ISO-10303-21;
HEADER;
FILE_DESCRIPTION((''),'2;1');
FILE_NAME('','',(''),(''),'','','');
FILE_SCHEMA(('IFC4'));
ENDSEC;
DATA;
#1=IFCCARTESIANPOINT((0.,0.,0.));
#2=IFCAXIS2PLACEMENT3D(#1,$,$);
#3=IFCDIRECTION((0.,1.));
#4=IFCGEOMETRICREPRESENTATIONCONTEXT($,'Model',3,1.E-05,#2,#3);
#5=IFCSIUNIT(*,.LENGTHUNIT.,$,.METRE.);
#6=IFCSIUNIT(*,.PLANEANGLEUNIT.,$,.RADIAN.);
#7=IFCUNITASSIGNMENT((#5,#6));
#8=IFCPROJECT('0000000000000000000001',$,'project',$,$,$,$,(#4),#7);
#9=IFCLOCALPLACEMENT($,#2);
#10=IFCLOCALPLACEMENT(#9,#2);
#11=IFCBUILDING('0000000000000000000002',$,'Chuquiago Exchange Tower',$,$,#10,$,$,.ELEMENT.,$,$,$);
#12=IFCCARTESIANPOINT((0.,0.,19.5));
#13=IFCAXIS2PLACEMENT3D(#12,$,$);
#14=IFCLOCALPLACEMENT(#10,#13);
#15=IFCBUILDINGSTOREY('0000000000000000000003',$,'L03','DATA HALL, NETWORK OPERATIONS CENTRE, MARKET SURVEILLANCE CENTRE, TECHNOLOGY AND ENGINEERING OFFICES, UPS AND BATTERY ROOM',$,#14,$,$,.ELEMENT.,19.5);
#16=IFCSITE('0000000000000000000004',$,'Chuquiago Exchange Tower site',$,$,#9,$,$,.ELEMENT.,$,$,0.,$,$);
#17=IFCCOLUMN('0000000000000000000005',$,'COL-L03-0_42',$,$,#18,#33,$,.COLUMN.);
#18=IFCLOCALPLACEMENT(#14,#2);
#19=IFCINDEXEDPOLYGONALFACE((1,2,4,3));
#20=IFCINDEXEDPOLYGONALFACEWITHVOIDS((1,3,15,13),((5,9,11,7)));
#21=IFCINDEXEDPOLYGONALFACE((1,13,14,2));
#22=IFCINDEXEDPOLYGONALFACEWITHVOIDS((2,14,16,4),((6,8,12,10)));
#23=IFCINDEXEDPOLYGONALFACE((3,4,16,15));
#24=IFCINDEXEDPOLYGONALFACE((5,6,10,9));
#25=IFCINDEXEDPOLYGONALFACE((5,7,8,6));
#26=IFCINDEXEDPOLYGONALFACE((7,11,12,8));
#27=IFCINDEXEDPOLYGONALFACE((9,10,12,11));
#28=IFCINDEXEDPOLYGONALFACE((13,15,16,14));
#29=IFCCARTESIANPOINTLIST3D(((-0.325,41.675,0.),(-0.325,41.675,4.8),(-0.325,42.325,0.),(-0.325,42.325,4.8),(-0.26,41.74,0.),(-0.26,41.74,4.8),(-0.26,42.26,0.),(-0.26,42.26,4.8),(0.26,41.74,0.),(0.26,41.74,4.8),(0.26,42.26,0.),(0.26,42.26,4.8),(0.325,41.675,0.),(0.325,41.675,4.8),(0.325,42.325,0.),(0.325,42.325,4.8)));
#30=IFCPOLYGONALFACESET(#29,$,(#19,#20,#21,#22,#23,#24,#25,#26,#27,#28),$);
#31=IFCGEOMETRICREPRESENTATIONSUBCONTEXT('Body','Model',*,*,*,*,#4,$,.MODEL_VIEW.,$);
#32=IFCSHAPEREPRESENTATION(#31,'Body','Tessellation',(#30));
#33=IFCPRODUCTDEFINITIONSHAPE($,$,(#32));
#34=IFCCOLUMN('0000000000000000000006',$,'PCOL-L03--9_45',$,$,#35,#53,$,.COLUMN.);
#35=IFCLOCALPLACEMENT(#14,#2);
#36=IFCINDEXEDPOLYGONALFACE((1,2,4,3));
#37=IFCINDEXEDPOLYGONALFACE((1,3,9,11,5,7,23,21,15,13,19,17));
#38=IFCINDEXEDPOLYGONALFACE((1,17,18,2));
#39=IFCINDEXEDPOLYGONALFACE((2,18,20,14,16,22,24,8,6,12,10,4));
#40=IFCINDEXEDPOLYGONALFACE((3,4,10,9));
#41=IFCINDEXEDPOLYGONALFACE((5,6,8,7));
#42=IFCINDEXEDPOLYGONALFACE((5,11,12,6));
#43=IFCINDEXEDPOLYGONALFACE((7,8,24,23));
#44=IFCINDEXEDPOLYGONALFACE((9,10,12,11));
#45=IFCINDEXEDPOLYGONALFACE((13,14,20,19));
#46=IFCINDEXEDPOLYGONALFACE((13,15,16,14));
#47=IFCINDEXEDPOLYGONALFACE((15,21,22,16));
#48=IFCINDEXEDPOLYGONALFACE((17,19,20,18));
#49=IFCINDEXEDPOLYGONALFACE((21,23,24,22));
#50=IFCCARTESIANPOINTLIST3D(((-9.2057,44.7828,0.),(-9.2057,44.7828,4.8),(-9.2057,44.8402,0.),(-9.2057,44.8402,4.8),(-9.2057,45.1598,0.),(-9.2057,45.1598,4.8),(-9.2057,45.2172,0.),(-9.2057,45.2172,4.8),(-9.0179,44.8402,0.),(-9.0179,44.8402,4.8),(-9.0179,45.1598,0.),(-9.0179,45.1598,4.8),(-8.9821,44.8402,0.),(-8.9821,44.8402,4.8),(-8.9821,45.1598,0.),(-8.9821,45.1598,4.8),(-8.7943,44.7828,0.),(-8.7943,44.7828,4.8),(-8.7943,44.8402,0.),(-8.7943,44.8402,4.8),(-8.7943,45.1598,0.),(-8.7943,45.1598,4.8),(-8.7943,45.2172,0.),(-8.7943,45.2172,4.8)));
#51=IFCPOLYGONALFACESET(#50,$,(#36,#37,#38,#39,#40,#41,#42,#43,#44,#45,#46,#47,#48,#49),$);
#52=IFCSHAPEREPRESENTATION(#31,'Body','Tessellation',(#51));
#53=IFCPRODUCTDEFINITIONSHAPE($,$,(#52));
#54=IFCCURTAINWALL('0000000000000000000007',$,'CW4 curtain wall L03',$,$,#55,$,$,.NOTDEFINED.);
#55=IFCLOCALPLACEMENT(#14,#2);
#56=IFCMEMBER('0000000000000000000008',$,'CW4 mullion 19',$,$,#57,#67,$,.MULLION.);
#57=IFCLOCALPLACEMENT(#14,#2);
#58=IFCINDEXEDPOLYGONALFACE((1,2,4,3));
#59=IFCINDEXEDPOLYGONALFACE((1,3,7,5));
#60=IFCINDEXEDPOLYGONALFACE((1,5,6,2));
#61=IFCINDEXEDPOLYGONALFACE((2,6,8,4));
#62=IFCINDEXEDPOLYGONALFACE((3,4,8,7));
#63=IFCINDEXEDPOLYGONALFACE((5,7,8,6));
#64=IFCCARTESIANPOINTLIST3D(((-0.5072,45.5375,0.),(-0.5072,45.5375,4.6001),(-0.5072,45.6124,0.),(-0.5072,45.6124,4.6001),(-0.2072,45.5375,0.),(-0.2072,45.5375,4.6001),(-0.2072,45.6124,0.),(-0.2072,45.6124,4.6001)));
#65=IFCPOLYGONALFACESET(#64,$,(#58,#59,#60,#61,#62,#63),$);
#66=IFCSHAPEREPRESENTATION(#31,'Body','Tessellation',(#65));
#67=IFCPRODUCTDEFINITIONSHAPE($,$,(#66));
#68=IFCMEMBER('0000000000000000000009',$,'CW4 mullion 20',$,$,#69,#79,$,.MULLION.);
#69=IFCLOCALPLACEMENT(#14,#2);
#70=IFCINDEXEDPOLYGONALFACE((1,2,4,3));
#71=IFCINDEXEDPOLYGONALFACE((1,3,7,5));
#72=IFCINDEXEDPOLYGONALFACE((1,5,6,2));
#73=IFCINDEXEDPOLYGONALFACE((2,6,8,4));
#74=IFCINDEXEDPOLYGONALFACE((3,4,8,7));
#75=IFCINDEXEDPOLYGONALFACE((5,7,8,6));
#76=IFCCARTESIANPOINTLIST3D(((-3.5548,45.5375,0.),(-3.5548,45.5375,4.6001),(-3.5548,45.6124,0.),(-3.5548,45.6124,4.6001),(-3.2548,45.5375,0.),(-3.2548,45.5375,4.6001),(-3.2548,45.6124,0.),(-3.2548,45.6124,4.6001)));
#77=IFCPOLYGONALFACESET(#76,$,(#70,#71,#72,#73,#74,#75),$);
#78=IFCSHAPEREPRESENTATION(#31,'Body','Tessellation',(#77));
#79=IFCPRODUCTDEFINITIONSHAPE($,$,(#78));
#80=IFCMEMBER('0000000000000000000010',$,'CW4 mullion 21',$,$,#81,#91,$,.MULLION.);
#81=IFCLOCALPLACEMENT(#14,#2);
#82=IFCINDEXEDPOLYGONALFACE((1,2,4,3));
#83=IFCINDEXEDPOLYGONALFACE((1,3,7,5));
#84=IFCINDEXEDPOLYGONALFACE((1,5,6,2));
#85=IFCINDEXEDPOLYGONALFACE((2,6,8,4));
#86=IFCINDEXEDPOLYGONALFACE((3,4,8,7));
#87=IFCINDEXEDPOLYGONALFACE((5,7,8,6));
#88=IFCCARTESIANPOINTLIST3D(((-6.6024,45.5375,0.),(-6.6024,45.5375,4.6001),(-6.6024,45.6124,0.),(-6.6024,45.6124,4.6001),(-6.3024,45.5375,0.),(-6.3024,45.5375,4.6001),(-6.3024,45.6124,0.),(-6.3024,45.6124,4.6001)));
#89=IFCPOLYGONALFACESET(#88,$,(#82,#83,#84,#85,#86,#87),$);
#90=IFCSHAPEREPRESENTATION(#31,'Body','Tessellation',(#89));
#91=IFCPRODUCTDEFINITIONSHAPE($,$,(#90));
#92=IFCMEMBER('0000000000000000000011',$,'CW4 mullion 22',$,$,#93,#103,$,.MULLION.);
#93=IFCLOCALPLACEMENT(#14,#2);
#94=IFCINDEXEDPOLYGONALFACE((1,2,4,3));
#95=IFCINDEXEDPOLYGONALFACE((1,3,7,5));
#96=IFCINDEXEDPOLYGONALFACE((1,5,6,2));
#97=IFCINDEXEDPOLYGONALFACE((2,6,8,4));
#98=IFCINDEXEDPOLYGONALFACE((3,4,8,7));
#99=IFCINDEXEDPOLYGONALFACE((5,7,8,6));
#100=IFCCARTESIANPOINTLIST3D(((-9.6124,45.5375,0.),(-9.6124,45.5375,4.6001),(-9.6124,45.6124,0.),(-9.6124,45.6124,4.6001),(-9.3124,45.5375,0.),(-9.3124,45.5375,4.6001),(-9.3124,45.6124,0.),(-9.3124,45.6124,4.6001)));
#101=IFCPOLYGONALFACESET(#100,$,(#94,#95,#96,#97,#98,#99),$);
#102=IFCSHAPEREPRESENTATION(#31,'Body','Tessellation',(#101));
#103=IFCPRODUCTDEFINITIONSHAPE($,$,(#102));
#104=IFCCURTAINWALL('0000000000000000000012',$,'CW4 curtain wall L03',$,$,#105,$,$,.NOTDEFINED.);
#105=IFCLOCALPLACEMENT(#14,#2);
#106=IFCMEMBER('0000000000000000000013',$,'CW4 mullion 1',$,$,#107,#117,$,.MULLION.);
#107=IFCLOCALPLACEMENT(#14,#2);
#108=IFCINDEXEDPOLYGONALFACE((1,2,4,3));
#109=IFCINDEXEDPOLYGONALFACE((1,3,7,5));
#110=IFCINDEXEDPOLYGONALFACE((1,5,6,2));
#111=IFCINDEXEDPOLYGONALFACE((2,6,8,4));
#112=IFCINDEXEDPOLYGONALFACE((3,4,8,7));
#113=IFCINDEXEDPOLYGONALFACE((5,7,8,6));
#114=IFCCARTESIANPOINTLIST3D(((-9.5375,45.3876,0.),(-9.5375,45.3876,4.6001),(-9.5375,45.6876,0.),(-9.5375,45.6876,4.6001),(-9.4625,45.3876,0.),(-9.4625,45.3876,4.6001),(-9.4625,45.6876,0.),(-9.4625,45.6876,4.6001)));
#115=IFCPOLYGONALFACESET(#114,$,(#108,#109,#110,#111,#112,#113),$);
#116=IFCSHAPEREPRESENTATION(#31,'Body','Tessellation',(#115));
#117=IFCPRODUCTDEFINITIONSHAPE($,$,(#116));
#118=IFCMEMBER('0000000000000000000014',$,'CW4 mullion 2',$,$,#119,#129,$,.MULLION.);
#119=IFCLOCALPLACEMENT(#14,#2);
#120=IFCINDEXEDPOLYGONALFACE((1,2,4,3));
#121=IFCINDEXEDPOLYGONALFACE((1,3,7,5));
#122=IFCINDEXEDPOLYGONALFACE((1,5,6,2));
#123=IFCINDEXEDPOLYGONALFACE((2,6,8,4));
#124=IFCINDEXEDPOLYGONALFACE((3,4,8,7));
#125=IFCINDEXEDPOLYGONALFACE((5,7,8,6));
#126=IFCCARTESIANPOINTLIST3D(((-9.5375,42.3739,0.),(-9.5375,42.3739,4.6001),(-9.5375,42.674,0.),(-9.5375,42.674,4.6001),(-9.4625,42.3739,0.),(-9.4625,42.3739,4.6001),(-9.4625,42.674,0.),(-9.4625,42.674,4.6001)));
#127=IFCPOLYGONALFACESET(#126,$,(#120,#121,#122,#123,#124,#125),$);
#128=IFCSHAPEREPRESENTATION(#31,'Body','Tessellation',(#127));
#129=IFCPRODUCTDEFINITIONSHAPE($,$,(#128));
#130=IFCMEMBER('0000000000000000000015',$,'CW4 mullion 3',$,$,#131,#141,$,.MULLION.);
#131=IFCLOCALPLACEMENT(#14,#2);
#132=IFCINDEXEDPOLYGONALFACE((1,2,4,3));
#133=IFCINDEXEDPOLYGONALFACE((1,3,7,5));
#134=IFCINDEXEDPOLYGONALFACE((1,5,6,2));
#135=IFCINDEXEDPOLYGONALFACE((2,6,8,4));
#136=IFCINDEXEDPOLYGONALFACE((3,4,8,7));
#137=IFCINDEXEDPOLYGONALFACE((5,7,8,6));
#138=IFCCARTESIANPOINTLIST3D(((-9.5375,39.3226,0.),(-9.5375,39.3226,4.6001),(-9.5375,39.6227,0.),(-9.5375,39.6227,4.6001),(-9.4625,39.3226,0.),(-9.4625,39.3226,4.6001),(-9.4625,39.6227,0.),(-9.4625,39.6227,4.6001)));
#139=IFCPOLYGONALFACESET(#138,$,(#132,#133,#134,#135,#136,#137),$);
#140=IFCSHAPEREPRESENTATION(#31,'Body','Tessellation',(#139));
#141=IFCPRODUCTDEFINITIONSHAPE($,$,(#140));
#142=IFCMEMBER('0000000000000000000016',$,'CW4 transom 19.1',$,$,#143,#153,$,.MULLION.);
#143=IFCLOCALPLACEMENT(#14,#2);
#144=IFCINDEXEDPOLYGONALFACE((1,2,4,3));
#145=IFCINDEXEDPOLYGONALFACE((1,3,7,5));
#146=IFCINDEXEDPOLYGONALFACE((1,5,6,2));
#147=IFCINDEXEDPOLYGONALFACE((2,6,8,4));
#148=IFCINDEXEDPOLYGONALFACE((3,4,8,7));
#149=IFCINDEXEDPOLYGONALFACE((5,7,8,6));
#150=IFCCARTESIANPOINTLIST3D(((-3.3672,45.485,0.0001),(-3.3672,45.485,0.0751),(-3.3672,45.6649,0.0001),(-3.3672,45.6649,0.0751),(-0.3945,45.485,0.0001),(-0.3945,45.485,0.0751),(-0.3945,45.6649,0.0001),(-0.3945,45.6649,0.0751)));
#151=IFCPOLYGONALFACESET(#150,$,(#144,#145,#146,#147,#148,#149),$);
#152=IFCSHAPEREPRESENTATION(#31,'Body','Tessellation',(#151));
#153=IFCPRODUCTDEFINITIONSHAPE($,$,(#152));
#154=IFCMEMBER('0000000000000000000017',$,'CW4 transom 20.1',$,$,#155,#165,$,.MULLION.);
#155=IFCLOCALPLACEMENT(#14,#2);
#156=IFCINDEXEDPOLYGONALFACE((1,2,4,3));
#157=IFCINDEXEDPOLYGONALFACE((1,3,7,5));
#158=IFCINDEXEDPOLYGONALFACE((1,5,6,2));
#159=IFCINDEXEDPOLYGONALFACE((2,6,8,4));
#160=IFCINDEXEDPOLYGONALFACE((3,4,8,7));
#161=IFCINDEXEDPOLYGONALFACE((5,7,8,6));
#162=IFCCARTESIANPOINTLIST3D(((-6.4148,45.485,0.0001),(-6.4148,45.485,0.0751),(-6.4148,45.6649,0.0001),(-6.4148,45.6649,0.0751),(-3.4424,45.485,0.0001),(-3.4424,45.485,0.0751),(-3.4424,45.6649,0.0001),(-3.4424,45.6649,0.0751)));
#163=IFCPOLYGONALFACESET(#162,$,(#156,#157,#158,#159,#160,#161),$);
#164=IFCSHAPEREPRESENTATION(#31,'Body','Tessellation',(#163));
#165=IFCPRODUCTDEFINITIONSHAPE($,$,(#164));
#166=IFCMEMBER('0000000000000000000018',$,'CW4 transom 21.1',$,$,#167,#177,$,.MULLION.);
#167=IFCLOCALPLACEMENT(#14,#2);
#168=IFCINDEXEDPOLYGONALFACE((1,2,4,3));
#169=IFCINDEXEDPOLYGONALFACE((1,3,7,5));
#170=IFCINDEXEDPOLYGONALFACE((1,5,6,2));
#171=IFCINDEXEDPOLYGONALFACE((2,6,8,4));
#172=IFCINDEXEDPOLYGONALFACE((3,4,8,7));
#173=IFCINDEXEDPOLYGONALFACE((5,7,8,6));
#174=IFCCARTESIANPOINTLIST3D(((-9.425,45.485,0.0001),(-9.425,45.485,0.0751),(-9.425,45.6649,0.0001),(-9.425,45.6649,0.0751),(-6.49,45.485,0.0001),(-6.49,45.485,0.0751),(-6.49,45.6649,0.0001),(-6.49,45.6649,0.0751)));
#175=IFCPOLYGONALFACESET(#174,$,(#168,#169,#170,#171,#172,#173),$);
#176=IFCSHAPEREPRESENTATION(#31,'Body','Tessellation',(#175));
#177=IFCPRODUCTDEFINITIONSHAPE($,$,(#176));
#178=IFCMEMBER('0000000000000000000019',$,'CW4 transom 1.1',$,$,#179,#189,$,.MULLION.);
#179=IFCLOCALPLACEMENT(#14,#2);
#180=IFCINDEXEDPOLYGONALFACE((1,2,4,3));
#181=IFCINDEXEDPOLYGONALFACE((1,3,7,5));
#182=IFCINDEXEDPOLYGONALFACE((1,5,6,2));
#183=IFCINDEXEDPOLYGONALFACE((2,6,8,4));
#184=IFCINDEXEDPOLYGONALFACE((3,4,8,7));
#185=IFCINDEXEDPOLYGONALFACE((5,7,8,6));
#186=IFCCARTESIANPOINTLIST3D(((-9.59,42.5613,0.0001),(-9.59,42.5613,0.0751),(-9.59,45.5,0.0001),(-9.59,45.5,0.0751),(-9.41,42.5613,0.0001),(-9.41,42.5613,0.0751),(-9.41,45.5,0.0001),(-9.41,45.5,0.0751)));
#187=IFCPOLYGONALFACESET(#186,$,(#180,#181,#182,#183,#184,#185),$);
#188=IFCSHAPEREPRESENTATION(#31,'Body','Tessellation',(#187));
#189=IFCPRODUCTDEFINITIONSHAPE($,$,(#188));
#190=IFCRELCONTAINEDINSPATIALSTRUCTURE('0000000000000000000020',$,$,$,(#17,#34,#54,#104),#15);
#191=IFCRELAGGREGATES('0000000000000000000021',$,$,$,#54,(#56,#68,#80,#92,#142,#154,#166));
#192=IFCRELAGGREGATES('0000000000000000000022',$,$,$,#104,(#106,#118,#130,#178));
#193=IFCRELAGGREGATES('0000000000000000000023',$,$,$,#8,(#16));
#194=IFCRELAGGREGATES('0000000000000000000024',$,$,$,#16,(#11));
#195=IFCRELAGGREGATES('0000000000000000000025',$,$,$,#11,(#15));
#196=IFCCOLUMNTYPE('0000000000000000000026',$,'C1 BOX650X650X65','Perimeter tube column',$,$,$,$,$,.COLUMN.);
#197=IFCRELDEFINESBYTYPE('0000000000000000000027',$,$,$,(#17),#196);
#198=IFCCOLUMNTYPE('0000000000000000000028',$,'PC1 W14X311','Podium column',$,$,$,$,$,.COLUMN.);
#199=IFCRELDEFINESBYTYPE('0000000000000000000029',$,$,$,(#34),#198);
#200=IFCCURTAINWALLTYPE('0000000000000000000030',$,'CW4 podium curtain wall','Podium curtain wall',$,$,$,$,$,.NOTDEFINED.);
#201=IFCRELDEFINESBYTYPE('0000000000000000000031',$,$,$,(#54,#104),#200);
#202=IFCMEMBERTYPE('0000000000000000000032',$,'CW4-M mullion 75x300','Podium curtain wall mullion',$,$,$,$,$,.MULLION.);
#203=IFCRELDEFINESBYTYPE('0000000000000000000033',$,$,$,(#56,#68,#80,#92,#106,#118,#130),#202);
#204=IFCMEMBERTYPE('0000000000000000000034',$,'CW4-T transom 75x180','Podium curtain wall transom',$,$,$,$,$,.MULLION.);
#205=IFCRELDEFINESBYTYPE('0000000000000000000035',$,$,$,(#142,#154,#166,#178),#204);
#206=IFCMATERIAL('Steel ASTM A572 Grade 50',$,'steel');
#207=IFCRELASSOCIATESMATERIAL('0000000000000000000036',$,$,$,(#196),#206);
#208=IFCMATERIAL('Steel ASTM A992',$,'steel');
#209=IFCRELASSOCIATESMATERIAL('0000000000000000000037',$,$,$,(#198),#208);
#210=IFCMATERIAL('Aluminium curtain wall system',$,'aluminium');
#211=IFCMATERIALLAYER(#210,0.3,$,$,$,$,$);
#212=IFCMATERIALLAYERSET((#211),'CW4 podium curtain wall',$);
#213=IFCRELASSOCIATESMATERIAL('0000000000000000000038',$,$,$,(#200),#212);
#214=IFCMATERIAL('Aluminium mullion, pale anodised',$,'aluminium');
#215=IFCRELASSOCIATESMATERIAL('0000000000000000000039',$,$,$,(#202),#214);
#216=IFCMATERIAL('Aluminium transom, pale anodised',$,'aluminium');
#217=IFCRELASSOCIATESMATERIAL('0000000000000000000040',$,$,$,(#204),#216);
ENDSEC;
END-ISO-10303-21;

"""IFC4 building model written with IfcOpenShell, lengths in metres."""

from ifc_helpers import new_model, si_unit, direction, frame, origin, origin_2d, place, context, subcontext, project, spatial, rectangle, hollow_rectangle, i_section, extrude, material, layer, layer_set, material_profile, profile_set, type_object, element, aggregate, save


model = new_model("IFC4")

# Units and contexts
model_context = context("Model", 3, precision=1e-05, world=origin(), true_north=direction((0.0, 1.0)))
body_context = subcontext(model_context, "Body", "Model", "MODEL_VIEW")
ifc_project = project(units=[si_unit("LENGTHUNIT", "METRE"), si_unit("PLANEANGLEUNIT", "RADIAN")], contexts=[model_context])

# Site, building, storey
site_placement = place(None, origin())
site = spatial("IfcSite", under=ifc_project, at=site_placement, Name="Chuquiago Exchange Tower site", CompositionType="ELEMENT", RefElevation=0.0)
building_placement = place(site_placement, origin())
building = spatial("IfcBuilding", under=site, at=building_placement, Name="Chuquiago Exchange Tower", CompositionType="ELEMENT")
storey_placement = place(building_placement, frame((0.0, 0.0, 19.5)))
storey = spatial("IfcBuildingStorey", under=building, at=storey_placement, Name="L03", Description="DATA HALL, NETWORK OPERATIONS CENTRE, MARKET SURVEILLANCE CENTRE, TECHNOLOGY AND ENGINEERING OFFICES, UPS AND BATTERY ROOM", CompositionType="ELEMENT", Elevation=19.5)

# Columns
ifc_material_1 = material(Name="Steel ASTM A572 Grade 50", Category="steel")
ifc_material_profile_1 = material_profile(ifc_material_1, hollow_rectangle(XDim=0.6499, YDim=0.6499, WallThickness=0.0649, at=origin_2d()), Name="BOX650X650X65")
ifc_profile_set_1 = profile_set([ifc_material_profile_1], Name="Steel ASTM A572 Grade 50")
column_type_1 = type_object("IfcColumnType", Name="C1 BOX650X650X65", Description="Perimeter tube column", PredefinedType="COLUMN", material=ifc_profile_set_1)
column_1_placement = place(storey_placement, frame((0.0, 42.0, 0.0), z_axis=(0.0, 0.0, 1.0), x_axis=(-1.0, 0.0, 0.0)))
element("IfcColumn", 1, at=column_1_placement, inside=storey, type_object=column_type_1, Name="COL-L03-0_42", PredefinedType="COLUMN", context=body_context, shape_type="SweptSolid", body=[
    extrude(hollow_rectangle(XDim=0.6499, YDim=0.6499, WallThickness=0.0649, at=origin_2d()), origin(), (0.0, 0.0, 1.0), 4.8),
])
ifc_material_2 = material(Name="Steel ASTM A992", Category="steel")
ifc_material_profile_2 = material_profile(ifc_material_2, i_section(OverallWidth=0.4114, OverallDepth=0.4343, WebThickness=0.0359, FlangeThickness=0.0574, at=origin_2d()), Name="W14X311")
ifc_profile_set_2 = profile_set([ifc_material_profile_2], Name="Steel ASTM A992")
column_type_2 = type_object("IfcColumnType", Name="PC1 W14X311", Description="Podium column", PredefinedType="COLUMN", material=ifc_profile_set_2)
column_2_placement = place(storey_placement, frame((-9.0, 45.0, 0.0), z_axis=(0.0, 0.0, 1.0), x_axis=(1.0, 0.0, 0.0)))
element("IfcColumn", 2, at=column_2_placement, inside=storey, type_object=column_type_2, Name="PCOL-L03--9_45", PredefinedType="COLUMN", context=body_context, shape_type="SweptSolid", body=[
    extrude(i_section(OverallWidth=0.4114, OverallDepth=0.4343, WebThickness=0.0359, FlangeThickness=0.0574, at=origin_2d()), origin(), (0.0, 0.0, 1.0), 4.8),
])

# Curtain walls, members
ifc_material_3 = material(Name="Aluminium curtain wall system", Category="aluminium")
ifc_layer_1 = layer(ifc_material_3, 0.3)
ifc_layer_set_1 = layer_set([ifc_layer_1], Name="CW4 podium curtain wall")
curtain_wall_type = type_object("IfcCurtainWallType", Name="CW4 podium curtain wall", Description="Podium curtain wall", PredefinedType="NOTDEFINED", material=ifc_layer_set_1)
curtain_wall_1_placement = place(storey_placement, origin())
curtain_wall_1 = element("IfcCurtainWall", 3, at=curtain_wall_1_placement, inside=storey, type_object=curtain_wall_type, Name="CW4 curtain wall L03", PredefinedType="NOTDEFINED")
ifc_material_4 = material(Name="Aluminium mullion, pale anodised", Category="aluminium")
ifc_material_profile_3 = material_profile(ifc_material_4, rectangle(XDim=0.075, YDim=0.3, at=origin_2d()), Name="AL 75x300")
ifc_profile_set_3 = profile_set([ifc_material_profile_3], Name="Aluminium mullion, pale anodised")
member_type_1 = type_object("IfcMemberType", Name="CW4-M mullion 75x300", Description="Podium curtain wall mullion", PredefinedType="MULLION", material=ifc_profile_set_3)
member_1_placement = place(storey_placement, frame((-0.3572, 45.575, 0.0), z_axis=(0.0, 0.0, 1.0), x_axis=(0.0, -1.0, 0.0)))
member_1 = element("IfcMember", 4, at=member_1_placement, type_object=member_type_1, Name="CW4 mullion 19", PredefinedType="MULLION", context=body_context, shape_type="SweptSolid", body=[
    extrude(rectangle(XDim=0.075, YDim=0.3, at=origin_2d()), origin(), (0.0, 0.0, 1.0), 4.6001),
])
member_2_placement = place(storey_placement, frame((-3.4048, 45.575, 0.0), z_axis=(0.0, 0.0, 1.0), x_axis=(0.0, -1.0, 0.0)))
member_2 = element("IfcMember", 5, at=member_2_placement, type_object=member_type_1, Name="CW4 mullion 20", PredefinedType="MULLION", context=body_context, shape_type="SweptSolid", body=[
    extrude(rectangle(XDim=0.075, YDim=0.3, at=origin_2d()), origin(), (0.0, 0.0, 1.0), 4.6001),
])
member_3_placement = place(storey_placement, frame((-6.4524, 45.575, 0.0), z_axis=(0.0, 0.0, 1.0), x_axis=(0.0, -1.0, 0.0)))
member_3 = element("IfcMember", 6, at=member_3_placement, type_object=member_type_1, Name="CW4 mullion 21", PredefinedType="MULLION", context=body_context, shape_type="SweptSolid", body=[
    extrude(rectangle(XDim=0.075, YDim=0.3, at=origin_2d()), origin(), (0.0, 0.0, 1.0), 4.6001),
])
member_4_placement = place(storey_placement, frame((-9.4624, 45.575, 0.0), z_axis=(0.0, 0.0, 1.0), x_axis=(0.0, -1.0, 0.0)))
member_4 = element("IfcMember", 7, at=member_4_placement, type_object=member_type_1, Name="CW4 mullion 22", PredefinedType="MULLION", context=body_context, shape_type="SweptSolid", body=[
    extrude(rectangle(XDim=0.075, YDim=0.3, at=origin_2d()), origin(), (0.0, 0.0, 1.0), 4.6001),
])
curtain_wall_2_placement = place(storey_placement, origin())
curtain_wall_2 = element("IfcCurtainWall", 8, at=curtain_wall_2_placement, inside=storey, type_object=curtain_wall_type, Name="CW4 curtain wall L03", PredefinedType="NOTDEFINED")
member_5_placement = place(storey_placement, frame((-9.5, 45.5376, 0.0), z_axis=(0.0, 0.0, 1.0), x_axis=(1.0, 0.0, 0.0)))
member_5 = element("IfcMember", 9, at=member_5_placement, type_object=member_type_1, Name="CW4 mullion 1", PredefinedType="MULLION", context=body_context, shape_type="SweptSolid", body=[
    extrude(rectangle(XDim=0.075, YDim=0.3, at=origin_2d()), origin(), (0.0, 0.0, 1.0), 4.6001),
])
member_6_placement = place(storey_placement, frame((-9.5, 42.5239, 0.0), z_axis=(0.0, 0.0, 1.0), x_axis=(1.0, 0.0, 0.0)))
member_6 = element("IfcMember", 10, at=member_6_placement, type_object=member_type_1, Name="CW4 mullion 2", PredefinedType="MULLION", context=body_context, shape_type="SweptSolid", body=[
    extrude(rectangle(XDim=0.075, YDim=0.3, at=origin_2d()), origin(), (0.0, 0.0, 1.0), 4.6001),
])
member_7_placement = place(storey_placement, frame((-9.5, 39.4727, 0.0), z_axis=(0.0, 0.0, 1.0), x_axis=(1.0, 0.0, 0.0)))
member_7 = element("IfcMember", 11, at=member_7_placement, type_object=member_type_1, Name="CW4 mullion 3", PredefinedType="MULLION", context=body_context, shape_type="SweptSolid", body=[
    extrude(rectangle(XDim=0.075, YDim=0.3, at=origin_2d()), origin(), (0.0, 0.0, 1.0), 4.6001),
])

# Members
ifc_material_5 = material(Name="Aluminium transom, pale anodised", Category="aluminium")
ifc_material_profile_4 = material_profile(ifc_material_5, rectangle(XDim=0.1799, YDim=0.075, at=origin_2d()), Name="AL 180x75")
ifc_profile_set_4 = profile_set([ifc_material_profile_4], Name="Aluminium transom, pale anodised")
member_type_2 = type_object("IfcMemberType", Name="CW4-T transom 75x180", Description="Podium curtain wall transom", PredefinedType="MULLION", material=ifc_profile_set_4)
member_8_placement = place(storey_placement, frame((-0.3945, 45.575, 0.0376), z_axis=(-1.0, 0.0, 0.0), x_axis=(0.0, -1.0, 0.0)))
member_8 = element("IfcMember", 12, at=member_8_placement, type_object=member_type_2, Name="CW4 transom 19.1", PredefinedType="MULLION", context=body_context, shape_type="SweptSolid", body=[
    extrude(rectangle(XDim=0.1799, YDim=0.075, at=origin_2d()), origin(), (0.0, 0.0, 1.0), 2.9727),
])
member_9_placement = place(storey_placement, frame((-3.4424, 45.575, 0.0376), z_axis=(-1.0, 0.0, 0.0), x_axis=(0.0, -1.0, 0.0)))
member_9 = element("IfcMember", 13, at=member_9_placement, type_object=member_type_2, Name="CW4 transom 20.1", PredefinedType="MULLION", context=body_context, shape_type="SweptSolid", body=[
    extrude(rectangle(XDim=0.1799, YDim=0.075, at=origin_2d()), origin(), (0.0, 0.0, 1.0), 2.9724),
])
member_10_placement = place(storey_placement, frame((-6.49, 45.575, 0.0376), z_axis=(-1.0, 0.0, 0.0), x_axis=(0.0, -1.0, 0.0)))
member_10 = element("IfcMember", 14, at=member_10_placement, type_object=member_type_2, Name="CW4 transom 21.1", PredefinedType="MULLION", context=body_context, shape_type="SweptSolid", body=[
    extrude(rectangle(XDim=0.1799, YDim=0.075, at=origin_2d()), origin(), (0.0, 0.0, 1.0), 2.9351),
])
member_11_placement = place(storey_placement, frame((-9.5, 45.5, 0.0376), z_axis=(0.0, -1.0, 0.0), x_axis=(1.0, 0.0, 0.0)))
member_11 = element("IfcMember", 15, at=member_11_placement, type_object=member_type_2, Name="CW4 transom 1.1", PredefinedType="MULLION", context=body_context, shape_type="SweptSolid", body=[
    extrude(rectangle(XDim=0.1799, YDim=0.075, at=origin_2d()), origin(), (0.0, 0.0, 1.0), 2.9387),
])

aggregate(curtain_wall_1, [member_1, member_2, member_3, member_4, member_8, member_9, member_10])
aggregate(curtain_wall_2, [member_5, member_6, member_7, member_11])

save(model, "model.ifc")
